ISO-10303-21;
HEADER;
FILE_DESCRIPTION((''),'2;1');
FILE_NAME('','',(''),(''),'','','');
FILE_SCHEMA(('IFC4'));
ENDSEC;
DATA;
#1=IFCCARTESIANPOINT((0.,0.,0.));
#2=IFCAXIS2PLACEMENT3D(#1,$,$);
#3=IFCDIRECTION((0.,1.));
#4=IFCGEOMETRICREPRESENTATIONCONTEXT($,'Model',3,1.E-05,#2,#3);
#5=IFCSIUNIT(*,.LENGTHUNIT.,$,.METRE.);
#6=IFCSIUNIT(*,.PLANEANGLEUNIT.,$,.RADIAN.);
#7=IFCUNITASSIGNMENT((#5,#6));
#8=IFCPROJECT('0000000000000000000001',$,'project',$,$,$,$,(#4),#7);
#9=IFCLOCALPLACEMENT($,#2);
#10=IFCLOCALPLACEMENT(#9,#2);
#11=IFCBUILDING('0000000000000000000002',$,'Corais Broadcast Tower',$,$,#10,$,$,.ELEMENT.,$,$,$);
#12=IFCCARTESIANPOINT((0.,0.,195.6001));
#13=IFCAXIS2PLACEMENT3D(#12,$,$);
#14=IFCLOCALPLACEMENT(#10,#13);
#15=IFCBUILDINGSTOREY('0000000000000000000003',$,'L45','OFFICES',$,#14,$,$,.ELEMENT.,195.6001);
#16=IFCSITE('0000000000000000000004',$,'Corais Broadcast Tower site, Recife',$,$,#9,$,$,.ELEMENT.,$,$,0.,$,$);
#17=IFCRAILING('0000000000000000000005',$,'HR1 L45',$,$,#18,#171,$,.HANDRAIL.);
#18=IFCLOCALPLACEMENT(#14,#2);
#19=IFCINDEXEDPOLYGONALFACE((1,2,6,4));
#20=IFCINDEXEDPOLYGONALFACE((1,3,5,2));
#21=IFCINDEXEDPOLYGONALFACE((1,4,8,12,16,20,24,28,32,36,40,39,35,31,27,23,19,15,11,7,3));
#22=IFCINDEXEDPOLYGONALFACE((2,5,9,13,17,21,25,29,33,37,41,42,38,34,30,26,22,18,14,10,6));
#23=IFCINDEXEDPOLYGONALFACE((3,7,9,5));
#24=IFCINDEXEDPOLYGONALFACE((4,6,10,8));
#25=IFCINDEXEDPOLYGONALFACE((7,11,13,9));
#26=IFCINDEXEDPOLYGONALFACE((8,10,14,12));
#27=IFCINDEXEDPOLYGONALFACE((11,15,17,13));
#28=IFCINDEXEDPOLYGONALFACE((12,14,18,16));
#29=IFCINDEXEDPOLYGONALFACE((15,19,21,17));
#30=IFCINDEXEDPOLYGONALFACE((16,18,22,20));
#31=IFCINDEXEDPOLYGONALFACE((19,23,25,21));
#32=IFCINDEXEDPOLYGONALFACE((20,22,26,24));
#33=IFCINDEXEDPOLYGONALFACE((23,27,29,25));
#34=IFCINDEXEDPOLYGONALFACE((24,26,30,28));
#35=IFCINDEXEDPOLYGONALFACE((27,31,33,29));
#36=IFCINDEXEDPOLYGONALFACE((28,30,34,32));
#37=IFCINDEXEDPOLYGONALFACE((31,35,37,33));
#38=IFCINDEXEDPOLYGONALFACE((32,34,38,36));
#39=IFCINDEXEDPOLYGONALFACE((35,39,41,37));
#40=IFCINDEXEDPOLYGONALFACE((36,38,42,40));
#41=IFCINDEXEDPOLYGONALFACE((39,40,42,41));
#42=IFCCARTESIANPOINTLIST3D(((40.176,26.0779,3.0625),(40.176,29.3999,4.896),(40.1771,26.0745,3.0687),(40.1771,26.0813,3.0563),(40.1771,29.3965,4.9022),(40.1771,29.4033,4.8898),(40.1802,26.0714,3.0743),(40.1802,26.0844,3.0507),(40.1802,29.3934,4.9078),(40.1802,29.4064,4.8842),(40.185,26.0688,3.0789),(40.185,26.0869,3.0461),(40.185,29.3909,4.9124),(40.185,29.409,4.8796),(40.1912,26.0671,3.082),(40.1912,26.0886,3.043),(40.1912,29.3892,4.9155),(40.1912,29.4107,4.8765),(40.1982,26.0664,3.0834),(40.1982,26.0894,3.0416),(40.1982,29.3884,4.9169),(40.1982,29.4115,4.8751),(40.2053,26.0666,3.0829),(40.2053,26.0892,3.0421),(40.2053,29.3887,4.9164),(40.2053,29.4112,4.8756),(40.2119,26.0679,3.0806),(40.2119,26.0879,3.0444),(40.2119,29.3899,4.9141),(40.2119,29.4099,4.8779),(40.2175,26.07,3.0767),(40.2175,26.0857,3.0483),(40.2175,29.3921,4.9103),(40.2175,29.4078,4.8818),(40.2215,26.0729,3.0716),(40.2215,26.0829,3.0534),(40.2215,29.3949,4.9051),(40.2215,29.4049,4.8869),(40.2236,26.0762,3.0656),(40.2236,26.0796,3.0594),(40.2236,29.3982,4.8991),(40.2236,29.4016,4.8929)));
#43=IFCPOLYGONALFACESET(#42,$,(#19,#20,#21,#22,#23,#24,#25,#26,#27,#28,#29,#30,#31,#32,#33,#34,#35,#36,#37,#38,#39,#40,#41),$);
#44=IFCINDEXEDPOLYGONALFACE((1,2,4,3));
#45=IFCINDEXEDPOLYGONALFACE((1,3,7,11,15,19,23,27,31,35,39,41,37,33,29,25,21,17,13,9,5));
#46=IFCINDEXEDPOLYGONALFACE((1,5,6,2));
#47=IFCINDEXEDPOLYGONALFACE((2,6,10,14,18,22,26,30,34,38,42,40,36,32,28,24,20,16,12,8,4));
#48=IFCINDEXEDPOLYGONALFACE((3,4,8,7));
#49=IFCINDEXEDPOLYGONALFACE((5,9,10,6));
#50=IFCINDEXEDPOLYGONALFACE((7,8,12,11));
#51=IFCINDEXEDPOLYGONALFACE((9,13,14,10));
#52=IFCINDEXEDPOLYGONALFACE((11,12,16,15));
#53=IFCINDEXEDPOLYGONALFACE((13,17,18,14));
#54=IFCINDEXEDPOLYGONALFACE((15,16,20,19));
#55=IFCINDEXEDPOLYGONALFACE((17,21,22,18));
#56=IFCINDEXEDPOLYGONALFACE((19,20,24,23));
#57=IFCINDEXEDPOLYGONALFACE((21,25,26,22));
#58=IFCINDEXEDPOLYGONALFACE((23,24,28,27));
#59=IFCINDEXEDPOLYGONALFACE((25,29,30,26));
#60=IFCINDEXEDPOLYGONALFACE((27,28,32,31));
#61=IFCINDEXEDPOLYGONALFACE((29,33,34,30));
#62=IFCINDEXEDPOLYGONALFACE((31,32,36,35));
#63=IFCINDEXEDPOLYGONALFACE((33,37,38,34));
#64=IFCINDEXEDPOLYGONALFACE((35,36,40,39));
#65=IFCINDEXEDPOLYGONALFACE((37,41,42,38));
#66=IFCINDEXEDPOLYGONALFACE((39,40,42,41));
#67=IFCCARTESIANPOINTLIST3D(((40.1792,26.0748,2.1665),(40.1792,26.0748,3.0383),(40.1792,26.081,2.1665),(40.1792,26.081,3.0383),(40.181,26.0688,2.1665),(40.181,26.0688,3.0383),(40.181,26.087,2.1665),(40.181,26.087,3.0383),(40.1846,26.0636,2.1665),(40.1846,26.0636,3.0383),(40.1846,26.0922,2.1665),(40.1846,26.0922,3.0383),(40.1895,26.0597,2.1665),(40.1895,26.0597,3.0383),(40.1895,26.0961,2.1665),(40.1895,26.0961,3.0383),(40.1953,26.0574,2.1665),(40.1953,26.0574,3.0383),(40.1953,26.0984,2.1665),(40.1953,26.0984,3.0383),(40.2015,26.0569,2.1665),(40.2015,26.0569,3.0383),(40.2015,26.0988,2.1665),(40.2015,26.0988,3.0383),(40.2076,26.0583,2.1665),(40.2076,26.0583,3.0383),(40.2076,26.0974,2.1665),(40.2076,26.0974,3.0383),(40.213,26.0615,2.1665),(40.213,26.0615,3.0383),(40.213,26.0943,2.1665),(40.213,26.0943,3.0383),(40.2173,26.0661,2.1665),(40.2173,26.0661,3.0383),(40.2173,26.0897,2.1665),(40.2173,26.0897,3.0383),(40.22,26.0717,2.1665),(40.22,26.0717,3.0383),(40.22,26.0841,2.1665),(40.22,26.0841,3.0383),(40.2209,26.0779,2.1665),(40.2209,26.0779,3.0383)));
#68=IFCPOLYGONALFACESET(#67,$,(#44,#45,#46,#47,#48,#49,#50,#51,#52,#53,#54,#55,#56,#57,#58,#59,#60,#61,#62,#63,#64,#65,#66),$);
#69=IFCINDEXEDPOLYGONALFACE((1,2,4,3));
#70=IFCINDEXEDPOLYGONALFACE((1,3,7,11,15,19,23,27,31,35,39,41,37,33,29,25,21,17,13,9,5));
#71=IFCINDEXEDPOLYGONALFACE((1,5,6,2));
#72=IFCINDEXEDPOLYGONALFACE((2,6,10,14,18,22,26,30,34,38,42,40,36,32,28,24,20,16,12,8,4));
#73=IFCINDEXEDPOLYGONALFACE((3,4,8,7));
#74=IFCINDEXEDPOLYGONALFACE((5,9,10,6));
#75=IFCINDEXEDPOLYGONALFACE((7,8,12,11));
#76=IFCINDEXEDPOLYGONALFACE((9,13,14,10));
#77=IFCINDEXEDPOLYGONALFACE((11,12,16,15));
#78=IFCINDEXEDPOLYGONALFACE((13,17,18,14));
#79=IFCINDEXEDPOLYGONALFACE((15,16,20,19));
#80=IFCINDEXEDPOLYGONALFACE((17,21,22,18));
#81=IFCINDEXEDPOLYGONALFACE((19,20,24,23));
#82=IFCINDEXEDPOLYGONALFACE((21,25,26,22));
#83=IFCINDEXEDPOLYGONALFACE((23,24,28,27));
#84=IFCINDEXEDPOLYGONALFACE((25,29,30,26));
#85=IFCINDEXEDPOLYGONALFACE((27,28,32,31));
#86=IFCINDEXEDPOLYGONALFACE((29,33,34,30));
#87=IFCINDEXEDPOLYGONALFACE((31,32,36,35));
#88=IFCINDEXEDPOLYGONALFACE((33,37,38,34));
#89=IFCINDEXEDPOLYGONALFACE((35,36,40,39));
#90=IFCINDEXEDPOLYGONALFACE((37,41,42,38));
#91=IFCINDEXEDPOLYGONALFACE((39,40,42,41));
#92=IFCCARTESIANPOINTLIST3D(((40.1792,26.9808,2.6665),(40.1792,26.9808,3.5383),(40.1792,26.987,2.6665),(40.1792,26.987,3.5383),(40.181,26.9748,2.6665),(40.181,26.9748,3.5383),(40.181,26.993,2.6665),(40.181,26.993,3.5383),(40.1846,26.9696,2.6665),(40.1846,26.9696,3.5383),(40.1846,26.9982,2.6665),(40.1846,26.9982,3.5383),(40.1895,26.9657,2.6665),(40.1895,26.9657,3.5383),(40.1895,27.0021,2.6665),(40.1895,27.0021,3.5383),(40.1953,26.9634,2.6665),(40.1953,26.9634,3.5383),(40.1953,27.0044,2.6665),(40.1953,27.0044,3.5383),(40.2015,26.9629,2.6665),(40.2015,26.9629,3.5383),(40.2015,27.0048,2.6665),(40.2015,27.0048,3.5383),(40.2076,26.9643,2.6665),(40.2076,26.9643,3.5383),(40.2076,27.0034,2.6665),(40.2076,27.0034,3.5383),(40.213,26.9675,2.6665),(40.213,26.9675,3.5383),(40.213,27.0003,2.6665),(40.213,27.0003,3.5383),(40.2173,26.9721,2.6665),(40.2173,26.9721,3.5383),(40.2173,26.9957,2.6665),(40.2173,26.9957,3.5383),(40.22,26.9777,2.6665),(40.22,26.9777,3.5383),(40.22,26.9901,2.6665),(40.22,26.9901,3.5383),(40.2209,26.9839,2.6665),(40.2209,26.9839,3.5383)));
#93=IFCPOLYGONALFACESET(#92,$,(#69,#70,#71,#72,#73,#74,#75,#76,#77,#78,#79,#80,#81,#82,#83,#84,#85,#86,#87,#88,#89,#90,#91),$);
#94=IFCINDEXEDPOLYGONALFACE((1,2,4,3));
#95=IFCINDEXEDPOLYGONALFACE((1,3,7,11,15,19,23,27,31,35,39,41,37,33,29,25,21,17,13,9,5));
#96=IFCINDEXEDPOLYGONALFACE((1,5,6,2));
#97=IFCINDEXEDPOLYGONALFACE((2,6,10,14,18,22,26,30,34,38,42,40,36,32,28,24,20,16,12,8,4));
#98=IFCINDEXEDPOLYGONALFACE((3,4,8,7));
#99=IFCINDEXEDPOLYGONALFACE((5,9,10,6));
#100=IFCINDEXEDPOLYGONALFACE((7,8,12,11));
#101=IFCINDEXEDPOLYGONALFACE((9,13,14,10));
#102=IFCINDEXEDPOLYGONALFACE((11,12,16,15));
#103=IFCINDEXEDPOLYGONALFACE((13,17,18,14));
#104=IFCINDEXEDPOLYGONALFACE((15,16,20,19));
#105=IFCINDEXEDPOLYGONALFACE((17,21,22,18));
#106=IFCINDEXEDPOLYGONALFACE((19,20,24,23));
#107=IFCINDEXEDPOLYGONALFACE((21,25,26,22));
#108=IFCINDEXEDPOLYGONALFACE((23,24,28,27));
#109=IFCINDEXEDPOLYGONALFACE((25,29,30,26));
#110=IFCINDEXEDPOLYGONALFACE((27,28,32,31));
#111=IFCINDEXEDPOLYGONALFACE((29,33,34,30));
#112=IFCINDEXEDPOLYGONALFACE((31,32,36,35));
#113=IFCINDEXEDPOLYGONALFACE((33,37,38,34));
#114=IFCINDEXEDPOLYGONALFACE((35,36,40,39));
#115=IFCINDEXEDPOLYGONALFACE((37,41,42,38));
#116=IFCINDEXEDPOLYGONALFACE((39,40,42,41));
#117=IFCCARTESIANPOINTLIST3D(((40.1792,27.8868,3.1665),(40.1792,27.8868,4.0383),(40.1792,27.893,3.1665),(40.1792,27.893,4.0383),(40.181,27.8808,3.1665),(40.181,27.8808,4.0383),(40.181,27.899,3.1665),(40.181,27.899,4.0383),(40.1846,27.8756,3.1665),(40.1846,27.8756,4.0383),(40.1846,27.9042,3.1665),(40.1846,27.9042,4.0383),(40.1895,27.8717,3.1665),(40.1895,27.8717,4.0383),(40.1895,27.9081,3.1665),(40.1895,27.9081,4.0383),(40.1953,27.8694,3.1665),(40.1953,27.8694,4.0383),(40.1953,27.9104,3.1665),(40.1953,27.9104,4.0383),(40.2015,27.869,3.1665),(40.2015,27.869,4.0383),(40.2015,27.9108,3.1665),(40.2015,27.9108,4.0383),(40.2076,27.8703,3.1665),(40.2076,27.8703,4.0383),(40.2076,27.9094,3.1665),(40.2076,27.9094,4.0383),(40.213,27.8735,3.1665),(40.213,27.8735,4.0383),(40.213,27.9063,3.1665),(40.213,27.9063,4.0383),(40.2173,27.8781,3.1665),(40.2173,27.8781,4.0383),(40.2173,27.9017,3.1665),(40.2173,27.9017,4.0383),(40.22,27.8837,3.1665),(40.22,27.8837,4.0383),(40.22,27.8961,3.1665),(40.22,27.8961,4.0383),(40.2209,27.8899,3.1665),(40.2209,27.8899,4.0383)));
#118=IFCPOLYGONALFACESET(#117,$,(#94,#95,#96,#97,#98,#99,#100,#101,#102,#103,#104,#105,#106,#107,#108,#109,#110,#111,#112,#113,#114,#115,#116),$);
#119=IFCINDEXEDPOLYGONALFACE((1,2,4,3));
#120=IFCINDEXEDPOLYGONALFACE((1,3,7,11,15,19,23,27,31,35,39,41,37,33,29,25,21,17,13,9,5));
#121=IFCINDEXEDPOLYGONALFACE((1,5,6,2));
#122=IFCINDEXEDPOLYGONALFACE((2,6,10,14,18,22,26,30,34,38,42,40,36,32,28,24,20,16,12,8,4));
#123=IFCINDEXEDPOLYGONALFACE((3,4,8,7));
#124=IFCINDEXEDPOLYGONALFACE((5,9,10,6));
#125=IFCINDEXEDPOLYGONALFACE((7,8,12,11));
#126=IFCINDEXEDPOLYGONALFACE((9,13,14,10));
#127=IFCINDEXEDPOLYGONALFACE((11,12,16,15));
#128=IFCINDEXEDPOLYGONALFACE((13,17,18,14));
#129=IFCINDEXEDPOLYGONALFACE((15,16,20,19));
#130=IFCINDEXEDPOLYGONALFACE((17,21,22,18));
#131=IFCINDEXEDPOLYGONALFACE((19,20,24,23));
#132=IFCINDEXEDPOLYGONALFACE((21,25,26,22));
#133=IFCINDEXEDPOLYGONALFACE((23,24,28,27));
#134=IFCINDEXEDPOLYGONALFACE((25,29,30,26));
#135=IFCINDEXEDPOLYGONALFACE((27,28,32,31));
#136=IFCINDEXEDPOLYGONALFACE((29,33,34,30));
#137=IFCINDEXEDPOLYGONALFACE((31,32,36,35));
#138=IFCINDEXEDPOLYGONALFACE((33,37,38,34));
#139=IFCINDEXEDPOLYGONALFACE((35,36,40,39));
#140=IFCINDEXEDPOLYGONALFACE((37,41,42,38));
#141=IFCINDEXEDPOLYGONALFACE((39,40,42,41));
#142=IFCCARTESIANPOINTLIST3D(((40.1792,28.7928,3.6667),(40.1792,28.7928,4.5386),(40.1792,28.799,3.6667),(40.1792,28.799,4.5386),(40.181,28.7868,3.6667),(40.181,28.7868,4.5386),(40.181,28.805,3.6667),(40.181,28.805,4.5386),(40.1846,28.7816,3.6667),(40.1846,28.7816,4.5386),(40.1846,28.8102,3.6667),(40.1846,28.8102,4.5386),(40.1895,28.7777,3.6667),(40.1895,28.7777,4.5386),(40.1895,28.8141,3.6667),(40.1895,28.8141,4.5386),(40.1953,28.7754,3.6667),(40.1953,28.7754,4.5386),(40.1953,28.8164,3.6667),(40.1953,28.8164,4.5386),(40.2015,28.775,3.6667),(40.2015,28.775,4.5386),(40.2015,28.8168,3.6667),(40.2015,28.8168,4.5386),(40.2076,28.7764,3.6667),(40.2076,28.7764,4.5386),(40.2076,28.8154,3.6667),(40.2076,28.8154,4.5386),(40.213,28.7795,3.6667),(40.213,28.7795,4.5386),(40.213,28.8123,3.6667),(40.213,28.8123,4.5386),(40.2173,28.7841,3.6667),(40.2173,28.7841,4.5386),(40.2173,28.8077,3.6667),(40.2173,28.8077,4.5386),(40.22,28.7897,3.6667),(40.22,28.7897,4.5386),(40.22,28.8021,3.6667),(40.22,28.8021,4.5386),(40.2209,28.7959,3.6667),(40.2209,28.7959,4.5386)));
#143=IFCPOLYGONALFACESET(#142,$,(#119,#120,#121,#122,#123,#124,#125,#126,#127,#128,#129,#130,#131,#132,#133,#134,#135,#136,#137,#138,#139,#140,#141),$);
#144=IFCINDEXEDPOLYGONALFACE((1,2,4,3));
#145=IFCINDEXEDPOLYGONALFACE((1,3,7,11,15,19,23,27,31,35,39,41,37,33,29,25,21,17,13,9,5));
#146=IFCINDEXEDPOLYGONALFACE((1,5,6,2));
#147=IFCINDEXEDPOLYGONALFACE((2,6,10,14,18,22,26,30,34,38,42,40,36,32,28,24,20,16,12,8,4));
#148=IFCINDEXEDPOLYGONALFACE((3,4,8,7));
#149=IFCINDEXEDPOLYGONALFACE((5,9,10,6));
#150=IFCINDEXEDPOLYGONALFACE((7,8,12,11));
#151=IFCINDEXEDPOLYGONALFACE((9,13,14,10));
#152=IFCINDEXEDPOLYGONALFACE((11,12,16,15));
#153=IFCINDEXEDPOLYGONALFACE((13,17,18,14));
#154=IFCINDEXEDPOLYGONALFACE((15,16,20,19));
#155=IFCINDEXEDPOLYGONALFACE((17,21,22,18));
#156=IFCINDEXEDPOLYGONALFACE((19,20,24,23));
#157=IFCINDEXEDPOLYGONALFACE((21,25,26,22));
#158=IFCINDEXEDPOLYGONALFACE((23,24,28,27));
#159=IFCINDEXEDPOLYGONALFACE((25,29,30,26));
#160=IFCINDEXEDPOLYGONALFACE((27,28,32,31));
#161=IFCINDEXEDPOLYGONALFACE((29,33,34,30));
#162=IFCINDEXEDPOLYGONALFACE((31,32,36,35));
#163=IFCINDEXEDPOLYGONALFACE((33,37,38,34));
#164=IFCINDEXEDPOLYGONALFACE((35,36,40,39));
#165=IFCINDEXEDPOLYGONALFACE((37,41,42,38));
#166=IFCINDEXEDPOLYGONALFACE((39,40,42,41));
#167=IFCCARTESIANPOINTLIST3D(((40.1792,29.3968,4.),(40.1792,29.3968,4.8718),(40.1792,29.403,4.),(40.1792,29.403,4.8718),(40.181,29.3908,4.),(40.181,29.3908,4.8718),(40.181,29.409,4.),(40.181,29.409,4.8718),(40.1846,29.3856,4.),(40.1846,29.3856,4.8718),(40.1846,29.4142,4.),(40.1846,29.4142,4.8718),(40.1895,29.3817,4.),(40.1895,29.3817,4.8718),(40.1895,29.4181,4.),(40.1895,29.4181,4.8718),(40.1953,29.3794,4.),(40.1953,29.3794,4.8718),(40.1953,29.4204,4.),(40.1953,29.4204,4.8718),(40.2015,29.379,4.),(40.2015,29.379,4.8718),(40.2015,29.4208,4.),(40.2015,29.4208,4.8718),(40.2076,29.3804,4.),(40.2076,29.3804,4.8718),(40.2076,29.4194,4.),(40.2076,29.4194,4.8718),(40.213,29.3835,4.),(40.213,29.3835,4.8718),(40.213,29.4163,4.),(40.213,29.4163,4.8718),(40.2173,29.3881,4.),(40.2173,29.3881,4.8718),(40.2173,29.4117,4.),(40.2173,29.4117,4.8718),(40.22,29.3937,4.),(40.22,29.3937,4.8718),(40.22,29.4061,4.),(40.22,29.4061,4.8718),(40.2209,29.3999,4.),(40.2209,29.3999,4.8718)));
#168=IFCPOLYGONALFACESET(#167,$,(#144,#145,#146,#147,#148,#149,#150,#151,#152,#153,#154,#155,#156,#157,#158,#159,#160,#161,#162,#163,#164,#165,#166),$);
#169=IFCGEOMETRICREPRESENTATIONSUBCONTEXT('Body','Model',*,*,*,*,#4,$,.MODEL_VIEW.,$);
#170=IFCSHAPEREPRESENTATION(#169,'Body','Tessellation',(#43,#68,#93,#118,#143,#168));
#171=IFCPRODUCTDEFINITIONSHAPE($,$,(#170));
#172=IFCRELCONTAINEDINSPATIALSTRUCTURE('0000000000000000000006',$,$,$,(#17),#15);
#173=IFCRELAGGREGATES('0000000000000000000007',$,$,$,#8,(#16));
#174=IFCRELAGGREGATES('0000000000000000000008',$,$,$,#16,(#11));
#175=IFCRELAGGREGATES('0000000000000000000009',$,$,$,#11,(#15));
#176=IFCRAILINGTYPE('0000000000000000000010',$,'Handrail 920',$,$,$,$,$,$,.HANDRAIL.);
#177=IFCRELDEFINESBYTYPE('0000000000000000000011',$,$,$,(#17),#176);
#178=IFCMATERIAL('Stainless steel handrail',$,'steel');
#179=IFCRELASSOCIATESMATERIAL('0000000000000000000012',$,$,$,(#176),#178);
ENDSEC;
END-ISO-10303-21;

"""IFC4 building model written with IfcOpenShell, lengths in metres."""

from ifc_helpers import new_model, si_unit, direction, frame, origin, origin_2d, place, context, subcontext, project, spatial, circle, extrude, material, type_object, element, save


model = new_model("IFC4")

# Units and contexts
model_context = context("Model", 3, precision=1e-05, world=origin(), true_north=direction((0.0, 1.0)))
body_context = subcontext(model_context, "Body", "Model", "MODEL_VIEW")
ifc_project = project(units=[si_unit("LENGTHUNIT", "METRE"), si_unit("PLANEANGLEUNIT", "RADIAN")], contexts=[model_context])

# Site, building, storey
site_placement = place(None, origin())
site = spatial("IfcSite", under=ifc_project, at=site_placement, Name="Corais Broadcast Tower site, Recife", CompositionType="ELEMENT", RefElevation=0.0)
building_placement = place(site_placement, origin())
building = spatial("IfcBuilding", under=site, at=building_placement, Name="Corais Broadcast Tower", CompositionType="ELEMENT")
storey_placement = place(building_placement, frame((0.0, 0.0, 195.6001)))
storey = spatial("IfcBuildingStorey", under=building, at=storey_placement, Name="L45", Description="OFFICES", CompositionType="ELEMENT", Elevation=195.6001)

# Railing
ifc_material_1 = material(Name="Stainless steel handrail", Category="steel")
railing_type = type_object("IfcRailingType", Name="Handrail 920", PredefinedType="HANDRAIL", material=ifc_material_1)
for number, where, name in (
    (1, (40.2, 26.0779, 2.1665), "HR1 L45"),
):
    element("IfcRailing", number, at=place(storey_placement, frame(where)), inside=storey, type_object=railing_type, Name=name, PredefinedType="HANDRAIL", context=body_context, shape_type="SweptSolid", body=[
        extrude(circle(Radius=0.0239, at=origin_2d()), frame((0.0, 0.0, 0.896), z_axis=(0.0, 0.875504, 0.48321), x_axis=(-1.0, 0.0, 0.0)), (0.0, 0.0, 1.0), 3.7944),
        extrude(circle(Radius=0.021, at=origin_2d()), origin(), (0.0, 0.0, 1.0), 0.8718),
        extrude(circle(Radius=0.021, at=origin_2d()), frame((0.0, 0.906, 0.5)), (0.0, 0.0, 1.0), 0.8718),
        extrude(circle(Radius=0.021, at=origin_2d()), frame((0.0, 1.812, 1.0)), (0.0, 0.0, 1.0), 0.8718),
        extrude(circle(Radius=0.021, at=origin_2d()), frame((0.0, 2.718, 1.5002)), (0.0, 0.0, 1.0), 0.8718),
        extrude(circle(Radius=0.021, at=origin_2d()), frame((0.0, 3.322, 1.8335)), (0.0, 0.0, 1.0), 0.8718),
    ])

save(model, "model.ifc")
